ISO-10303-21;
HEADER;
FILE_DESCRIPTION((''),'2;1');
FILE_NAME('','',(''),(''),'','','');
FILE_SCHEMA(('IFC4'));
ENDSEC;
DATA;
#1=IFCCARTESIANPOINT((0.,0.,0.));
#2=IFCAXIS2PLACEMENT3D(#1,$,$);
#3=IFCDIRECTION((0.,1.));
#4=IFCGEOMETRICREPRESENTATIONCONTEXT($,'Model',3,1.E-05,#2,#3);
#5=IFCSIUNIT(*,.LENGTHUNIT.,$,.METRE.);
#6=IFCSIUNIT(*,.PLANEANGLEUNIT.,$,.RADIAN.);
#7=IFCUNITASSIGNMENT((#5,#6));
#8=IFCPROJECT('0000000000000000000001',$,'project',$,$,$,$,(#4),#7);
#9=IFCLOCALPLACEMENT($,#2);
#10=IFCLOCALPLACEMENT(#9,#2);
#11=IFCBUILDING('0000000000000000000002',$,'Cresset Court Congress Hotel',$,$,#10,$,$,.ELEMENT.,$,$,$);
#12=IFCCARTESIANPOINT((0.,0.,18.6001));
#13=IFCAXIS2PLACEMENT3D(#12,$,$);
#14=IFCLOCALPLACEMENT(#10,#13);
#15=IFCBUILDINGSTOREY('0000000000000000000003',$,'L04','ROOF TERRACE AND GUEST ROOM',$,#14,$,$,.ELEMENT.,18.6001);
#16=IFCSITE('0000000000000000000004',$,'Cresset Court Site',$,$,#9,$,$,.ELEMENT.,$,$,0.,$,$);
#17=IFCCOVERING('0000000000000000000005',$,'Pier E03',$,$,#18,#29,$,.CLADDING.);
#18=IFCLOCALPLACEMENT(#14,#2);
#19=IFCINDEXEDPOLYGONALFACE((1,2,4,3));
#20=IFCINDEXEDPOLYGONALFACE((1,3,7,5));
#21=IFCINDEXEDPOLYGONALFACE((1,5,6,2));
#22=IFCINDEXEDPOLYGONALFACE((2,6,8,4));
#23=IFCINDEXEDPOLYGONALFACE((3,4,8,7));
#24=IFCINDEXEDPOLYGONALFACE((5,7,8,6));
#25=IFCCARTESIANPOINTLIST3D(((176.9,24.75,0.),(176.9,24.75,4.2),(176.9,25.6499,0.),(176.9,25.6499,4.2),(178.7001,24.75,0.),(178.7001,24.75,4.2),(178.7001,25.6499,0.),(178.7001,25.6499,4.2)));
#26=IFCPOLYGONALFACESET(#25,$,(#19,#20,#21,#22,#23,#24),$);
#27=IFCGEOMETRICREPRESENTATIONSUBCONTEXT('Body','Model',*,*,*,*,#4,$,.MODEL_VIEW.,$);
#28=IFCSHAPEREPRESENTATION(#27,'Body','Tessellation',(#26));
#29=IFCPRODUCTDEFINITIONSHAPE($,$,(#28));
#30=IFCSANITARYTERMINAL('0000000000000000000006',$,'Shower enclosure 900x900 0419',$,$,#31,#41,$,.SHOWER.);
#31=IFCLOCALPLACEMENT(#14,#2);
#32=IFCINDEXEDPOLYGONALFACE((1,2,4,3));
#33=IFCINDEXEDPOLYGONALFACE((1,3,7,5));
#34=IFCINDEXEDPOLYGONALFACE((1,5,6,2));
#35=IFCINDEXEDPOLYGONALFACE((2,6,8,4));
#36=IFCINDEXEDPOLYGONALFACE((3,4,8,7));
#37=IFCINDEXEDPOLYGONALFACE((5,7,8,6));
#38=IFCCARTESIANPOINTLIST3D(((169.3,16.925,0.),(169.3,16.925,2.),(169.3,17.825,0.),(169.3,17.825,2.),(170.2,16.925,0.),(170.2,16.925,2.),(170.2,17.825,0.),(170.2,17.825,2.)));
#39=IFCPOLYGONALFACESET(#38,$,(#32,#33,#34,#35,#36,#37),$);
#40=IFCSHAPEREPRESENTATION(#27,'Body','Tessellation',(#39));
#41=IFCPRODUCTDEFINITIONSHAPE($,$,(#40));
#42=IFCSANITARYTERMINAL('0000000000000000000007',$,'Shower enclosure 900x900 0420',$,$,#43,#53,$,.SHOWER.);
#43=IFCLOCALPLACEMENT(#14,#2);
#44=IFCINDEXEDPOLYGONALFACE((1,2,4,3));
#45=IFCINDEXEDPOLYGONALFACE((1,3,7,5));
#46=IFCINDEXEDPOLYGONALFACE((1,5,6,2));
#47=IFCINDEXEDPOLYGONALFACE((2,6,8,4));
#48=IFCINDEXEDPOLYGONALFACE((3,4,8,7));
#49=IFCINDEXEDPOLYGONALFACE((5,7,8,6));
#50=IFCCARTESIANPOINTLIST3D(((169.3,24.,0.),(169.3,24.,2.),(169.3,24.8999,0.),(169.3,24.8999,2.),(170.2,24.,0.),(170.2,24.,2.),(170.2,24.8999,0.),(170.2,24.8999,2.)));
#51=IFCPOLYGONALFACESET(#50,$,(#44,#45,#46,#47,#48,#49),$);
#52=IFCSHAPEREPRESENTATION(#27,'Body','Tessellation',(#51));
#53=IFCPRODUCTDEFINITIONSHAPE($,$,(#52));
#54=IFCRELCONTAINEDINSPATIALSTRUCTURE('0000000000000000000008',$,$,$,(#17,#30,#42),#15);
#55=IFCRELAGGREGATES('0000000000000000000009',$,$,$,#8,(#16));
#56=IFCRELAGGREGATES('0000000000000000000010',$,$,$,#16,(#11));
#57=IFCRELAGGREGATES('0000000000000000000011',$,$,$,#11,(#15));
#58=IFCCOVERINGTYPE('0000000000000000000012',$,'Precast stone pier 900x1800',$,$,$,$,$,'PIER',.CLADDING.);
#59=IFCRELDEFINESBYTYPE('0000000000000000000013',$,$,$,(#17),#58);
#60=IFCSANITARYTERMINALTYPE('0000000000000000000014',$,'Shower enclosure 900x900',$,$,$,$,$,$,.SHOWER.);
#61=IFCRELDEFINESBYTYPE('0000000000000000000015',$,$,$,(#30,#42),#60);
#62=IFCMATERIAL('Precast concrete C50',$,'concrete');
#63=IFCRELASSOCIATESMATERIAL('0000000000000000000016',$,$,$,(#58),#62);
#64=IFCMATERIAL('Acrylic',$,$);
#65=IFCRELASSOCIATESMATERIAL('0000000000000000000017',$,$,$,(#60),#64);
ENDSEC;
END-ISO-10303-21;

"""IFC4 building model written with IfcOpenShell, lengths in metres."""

from ifc_helpers import new_model, si_unit, direction, frame, origin, origin_2d, place, context, subcontext, project, spatial, rectangle, extrude, material, type_object, element, save


model = new_model("IFC4")

# Units and contexts
model_context = context("Model", 3, precision=1e-05, world=origin(), true_north=direction((0.0, 1.0)))
body_context = subcontext(model_context, "Body", "Model", "MODEL_VIEW")
ifc_project = project(units=[si_unit("LENGTHUNIT", "METRE"), si_unit("PLANEANGLEUNIT", "RADIAN")], contexts=[model_context])

# Site, building, storey
site_placement = place(None, origin())
site = spatial("IfcSite", under=ifc_project, at=site_placement, Name="Cresset Court Site", CompositionType="ELEMENT", RefElevation=0.0)
building_placement = place(site_placement, origin())
building = spatial("IfcBuilding", under=site, at=building_placement, Name="Cresset Court Congress Hotel", CompositionType="ELEMENT")
storey_placement = place(building_placement, frame((0.0, 0.0, 18.6001)))
storey = spatial("IfcBuildingStorey", under=building, at=storey_placement, Name="L04", Description="ROOF TERRACE AND GUEST ROOM", CompositionType="ELEMENT", Elevation=18.6001)

# Covering
ifc_material_1 = material(Name="Precast concrete C50", Category="concrete")
covering_type_1 = type_object("IfcCoveringType", Name="Precast stone pier 900x1800", ElementType="PIER", PredefinedType="CLADDING", material=ifc_material_1)
covering_placement = place(storey_placement, frame((177.8, 25.2, 0.0), z_axis=(0.0, 0.0, 1.0), x_axis=(1.0, 0.0, 0.0)))
element("IfcCovering", 1, at=covering_placement, inside=storey, type_object=covering_type_1, Name="Pier E03", PredefinedType="CLADDING", context=body_context, shape_type="SweptSolid", body=[
    extrude(rectangle(XDim=1.8, YDim=0.8999, at=origin_2d()), origin(), (0.0, 0.0, 1.0), 4.2),
])

# Sanitary terminals
ifc_material_2 = material(Name="Acrylic")
sanitary_terminal_type = type_object("IfcSanitaryTerminalType", Name="Shower enclosure 900x900", PredefinedType="SHOWER", material=ifc_material_2)
for number, where, z_axis, x_axis, name in (
    (2, (169.75, 17.375, 0.0), (0.0, 0.0, 1.0), (1.0, 0.0, 0.0), "Shower enclosure 900x900 0419"),
    (3, (169.75, 24.45, 0.0), (0.0, 0.0, 1.0), (1.0, 0.0, 0.0), "Shower enclosure 900x900 0420"),
):
    element("IfcSanitaryTerminal", number, at=place(storey_placement, frame(where, z_axis=z_axis, x_axis=x_axis)), inside=storey, type_object=sanitary_terminal_type, Name=name, PredefinedType="SHOWER", context=body_context, shape_type="SweptSolid", body=[
        extrude(rectangle(XDim=0.8999, YDim=0.8999, at=origin_2d()), origin(), (0.0, 0.0, 1.0), 2.0),
    ])

save(model, "model.ifc")
